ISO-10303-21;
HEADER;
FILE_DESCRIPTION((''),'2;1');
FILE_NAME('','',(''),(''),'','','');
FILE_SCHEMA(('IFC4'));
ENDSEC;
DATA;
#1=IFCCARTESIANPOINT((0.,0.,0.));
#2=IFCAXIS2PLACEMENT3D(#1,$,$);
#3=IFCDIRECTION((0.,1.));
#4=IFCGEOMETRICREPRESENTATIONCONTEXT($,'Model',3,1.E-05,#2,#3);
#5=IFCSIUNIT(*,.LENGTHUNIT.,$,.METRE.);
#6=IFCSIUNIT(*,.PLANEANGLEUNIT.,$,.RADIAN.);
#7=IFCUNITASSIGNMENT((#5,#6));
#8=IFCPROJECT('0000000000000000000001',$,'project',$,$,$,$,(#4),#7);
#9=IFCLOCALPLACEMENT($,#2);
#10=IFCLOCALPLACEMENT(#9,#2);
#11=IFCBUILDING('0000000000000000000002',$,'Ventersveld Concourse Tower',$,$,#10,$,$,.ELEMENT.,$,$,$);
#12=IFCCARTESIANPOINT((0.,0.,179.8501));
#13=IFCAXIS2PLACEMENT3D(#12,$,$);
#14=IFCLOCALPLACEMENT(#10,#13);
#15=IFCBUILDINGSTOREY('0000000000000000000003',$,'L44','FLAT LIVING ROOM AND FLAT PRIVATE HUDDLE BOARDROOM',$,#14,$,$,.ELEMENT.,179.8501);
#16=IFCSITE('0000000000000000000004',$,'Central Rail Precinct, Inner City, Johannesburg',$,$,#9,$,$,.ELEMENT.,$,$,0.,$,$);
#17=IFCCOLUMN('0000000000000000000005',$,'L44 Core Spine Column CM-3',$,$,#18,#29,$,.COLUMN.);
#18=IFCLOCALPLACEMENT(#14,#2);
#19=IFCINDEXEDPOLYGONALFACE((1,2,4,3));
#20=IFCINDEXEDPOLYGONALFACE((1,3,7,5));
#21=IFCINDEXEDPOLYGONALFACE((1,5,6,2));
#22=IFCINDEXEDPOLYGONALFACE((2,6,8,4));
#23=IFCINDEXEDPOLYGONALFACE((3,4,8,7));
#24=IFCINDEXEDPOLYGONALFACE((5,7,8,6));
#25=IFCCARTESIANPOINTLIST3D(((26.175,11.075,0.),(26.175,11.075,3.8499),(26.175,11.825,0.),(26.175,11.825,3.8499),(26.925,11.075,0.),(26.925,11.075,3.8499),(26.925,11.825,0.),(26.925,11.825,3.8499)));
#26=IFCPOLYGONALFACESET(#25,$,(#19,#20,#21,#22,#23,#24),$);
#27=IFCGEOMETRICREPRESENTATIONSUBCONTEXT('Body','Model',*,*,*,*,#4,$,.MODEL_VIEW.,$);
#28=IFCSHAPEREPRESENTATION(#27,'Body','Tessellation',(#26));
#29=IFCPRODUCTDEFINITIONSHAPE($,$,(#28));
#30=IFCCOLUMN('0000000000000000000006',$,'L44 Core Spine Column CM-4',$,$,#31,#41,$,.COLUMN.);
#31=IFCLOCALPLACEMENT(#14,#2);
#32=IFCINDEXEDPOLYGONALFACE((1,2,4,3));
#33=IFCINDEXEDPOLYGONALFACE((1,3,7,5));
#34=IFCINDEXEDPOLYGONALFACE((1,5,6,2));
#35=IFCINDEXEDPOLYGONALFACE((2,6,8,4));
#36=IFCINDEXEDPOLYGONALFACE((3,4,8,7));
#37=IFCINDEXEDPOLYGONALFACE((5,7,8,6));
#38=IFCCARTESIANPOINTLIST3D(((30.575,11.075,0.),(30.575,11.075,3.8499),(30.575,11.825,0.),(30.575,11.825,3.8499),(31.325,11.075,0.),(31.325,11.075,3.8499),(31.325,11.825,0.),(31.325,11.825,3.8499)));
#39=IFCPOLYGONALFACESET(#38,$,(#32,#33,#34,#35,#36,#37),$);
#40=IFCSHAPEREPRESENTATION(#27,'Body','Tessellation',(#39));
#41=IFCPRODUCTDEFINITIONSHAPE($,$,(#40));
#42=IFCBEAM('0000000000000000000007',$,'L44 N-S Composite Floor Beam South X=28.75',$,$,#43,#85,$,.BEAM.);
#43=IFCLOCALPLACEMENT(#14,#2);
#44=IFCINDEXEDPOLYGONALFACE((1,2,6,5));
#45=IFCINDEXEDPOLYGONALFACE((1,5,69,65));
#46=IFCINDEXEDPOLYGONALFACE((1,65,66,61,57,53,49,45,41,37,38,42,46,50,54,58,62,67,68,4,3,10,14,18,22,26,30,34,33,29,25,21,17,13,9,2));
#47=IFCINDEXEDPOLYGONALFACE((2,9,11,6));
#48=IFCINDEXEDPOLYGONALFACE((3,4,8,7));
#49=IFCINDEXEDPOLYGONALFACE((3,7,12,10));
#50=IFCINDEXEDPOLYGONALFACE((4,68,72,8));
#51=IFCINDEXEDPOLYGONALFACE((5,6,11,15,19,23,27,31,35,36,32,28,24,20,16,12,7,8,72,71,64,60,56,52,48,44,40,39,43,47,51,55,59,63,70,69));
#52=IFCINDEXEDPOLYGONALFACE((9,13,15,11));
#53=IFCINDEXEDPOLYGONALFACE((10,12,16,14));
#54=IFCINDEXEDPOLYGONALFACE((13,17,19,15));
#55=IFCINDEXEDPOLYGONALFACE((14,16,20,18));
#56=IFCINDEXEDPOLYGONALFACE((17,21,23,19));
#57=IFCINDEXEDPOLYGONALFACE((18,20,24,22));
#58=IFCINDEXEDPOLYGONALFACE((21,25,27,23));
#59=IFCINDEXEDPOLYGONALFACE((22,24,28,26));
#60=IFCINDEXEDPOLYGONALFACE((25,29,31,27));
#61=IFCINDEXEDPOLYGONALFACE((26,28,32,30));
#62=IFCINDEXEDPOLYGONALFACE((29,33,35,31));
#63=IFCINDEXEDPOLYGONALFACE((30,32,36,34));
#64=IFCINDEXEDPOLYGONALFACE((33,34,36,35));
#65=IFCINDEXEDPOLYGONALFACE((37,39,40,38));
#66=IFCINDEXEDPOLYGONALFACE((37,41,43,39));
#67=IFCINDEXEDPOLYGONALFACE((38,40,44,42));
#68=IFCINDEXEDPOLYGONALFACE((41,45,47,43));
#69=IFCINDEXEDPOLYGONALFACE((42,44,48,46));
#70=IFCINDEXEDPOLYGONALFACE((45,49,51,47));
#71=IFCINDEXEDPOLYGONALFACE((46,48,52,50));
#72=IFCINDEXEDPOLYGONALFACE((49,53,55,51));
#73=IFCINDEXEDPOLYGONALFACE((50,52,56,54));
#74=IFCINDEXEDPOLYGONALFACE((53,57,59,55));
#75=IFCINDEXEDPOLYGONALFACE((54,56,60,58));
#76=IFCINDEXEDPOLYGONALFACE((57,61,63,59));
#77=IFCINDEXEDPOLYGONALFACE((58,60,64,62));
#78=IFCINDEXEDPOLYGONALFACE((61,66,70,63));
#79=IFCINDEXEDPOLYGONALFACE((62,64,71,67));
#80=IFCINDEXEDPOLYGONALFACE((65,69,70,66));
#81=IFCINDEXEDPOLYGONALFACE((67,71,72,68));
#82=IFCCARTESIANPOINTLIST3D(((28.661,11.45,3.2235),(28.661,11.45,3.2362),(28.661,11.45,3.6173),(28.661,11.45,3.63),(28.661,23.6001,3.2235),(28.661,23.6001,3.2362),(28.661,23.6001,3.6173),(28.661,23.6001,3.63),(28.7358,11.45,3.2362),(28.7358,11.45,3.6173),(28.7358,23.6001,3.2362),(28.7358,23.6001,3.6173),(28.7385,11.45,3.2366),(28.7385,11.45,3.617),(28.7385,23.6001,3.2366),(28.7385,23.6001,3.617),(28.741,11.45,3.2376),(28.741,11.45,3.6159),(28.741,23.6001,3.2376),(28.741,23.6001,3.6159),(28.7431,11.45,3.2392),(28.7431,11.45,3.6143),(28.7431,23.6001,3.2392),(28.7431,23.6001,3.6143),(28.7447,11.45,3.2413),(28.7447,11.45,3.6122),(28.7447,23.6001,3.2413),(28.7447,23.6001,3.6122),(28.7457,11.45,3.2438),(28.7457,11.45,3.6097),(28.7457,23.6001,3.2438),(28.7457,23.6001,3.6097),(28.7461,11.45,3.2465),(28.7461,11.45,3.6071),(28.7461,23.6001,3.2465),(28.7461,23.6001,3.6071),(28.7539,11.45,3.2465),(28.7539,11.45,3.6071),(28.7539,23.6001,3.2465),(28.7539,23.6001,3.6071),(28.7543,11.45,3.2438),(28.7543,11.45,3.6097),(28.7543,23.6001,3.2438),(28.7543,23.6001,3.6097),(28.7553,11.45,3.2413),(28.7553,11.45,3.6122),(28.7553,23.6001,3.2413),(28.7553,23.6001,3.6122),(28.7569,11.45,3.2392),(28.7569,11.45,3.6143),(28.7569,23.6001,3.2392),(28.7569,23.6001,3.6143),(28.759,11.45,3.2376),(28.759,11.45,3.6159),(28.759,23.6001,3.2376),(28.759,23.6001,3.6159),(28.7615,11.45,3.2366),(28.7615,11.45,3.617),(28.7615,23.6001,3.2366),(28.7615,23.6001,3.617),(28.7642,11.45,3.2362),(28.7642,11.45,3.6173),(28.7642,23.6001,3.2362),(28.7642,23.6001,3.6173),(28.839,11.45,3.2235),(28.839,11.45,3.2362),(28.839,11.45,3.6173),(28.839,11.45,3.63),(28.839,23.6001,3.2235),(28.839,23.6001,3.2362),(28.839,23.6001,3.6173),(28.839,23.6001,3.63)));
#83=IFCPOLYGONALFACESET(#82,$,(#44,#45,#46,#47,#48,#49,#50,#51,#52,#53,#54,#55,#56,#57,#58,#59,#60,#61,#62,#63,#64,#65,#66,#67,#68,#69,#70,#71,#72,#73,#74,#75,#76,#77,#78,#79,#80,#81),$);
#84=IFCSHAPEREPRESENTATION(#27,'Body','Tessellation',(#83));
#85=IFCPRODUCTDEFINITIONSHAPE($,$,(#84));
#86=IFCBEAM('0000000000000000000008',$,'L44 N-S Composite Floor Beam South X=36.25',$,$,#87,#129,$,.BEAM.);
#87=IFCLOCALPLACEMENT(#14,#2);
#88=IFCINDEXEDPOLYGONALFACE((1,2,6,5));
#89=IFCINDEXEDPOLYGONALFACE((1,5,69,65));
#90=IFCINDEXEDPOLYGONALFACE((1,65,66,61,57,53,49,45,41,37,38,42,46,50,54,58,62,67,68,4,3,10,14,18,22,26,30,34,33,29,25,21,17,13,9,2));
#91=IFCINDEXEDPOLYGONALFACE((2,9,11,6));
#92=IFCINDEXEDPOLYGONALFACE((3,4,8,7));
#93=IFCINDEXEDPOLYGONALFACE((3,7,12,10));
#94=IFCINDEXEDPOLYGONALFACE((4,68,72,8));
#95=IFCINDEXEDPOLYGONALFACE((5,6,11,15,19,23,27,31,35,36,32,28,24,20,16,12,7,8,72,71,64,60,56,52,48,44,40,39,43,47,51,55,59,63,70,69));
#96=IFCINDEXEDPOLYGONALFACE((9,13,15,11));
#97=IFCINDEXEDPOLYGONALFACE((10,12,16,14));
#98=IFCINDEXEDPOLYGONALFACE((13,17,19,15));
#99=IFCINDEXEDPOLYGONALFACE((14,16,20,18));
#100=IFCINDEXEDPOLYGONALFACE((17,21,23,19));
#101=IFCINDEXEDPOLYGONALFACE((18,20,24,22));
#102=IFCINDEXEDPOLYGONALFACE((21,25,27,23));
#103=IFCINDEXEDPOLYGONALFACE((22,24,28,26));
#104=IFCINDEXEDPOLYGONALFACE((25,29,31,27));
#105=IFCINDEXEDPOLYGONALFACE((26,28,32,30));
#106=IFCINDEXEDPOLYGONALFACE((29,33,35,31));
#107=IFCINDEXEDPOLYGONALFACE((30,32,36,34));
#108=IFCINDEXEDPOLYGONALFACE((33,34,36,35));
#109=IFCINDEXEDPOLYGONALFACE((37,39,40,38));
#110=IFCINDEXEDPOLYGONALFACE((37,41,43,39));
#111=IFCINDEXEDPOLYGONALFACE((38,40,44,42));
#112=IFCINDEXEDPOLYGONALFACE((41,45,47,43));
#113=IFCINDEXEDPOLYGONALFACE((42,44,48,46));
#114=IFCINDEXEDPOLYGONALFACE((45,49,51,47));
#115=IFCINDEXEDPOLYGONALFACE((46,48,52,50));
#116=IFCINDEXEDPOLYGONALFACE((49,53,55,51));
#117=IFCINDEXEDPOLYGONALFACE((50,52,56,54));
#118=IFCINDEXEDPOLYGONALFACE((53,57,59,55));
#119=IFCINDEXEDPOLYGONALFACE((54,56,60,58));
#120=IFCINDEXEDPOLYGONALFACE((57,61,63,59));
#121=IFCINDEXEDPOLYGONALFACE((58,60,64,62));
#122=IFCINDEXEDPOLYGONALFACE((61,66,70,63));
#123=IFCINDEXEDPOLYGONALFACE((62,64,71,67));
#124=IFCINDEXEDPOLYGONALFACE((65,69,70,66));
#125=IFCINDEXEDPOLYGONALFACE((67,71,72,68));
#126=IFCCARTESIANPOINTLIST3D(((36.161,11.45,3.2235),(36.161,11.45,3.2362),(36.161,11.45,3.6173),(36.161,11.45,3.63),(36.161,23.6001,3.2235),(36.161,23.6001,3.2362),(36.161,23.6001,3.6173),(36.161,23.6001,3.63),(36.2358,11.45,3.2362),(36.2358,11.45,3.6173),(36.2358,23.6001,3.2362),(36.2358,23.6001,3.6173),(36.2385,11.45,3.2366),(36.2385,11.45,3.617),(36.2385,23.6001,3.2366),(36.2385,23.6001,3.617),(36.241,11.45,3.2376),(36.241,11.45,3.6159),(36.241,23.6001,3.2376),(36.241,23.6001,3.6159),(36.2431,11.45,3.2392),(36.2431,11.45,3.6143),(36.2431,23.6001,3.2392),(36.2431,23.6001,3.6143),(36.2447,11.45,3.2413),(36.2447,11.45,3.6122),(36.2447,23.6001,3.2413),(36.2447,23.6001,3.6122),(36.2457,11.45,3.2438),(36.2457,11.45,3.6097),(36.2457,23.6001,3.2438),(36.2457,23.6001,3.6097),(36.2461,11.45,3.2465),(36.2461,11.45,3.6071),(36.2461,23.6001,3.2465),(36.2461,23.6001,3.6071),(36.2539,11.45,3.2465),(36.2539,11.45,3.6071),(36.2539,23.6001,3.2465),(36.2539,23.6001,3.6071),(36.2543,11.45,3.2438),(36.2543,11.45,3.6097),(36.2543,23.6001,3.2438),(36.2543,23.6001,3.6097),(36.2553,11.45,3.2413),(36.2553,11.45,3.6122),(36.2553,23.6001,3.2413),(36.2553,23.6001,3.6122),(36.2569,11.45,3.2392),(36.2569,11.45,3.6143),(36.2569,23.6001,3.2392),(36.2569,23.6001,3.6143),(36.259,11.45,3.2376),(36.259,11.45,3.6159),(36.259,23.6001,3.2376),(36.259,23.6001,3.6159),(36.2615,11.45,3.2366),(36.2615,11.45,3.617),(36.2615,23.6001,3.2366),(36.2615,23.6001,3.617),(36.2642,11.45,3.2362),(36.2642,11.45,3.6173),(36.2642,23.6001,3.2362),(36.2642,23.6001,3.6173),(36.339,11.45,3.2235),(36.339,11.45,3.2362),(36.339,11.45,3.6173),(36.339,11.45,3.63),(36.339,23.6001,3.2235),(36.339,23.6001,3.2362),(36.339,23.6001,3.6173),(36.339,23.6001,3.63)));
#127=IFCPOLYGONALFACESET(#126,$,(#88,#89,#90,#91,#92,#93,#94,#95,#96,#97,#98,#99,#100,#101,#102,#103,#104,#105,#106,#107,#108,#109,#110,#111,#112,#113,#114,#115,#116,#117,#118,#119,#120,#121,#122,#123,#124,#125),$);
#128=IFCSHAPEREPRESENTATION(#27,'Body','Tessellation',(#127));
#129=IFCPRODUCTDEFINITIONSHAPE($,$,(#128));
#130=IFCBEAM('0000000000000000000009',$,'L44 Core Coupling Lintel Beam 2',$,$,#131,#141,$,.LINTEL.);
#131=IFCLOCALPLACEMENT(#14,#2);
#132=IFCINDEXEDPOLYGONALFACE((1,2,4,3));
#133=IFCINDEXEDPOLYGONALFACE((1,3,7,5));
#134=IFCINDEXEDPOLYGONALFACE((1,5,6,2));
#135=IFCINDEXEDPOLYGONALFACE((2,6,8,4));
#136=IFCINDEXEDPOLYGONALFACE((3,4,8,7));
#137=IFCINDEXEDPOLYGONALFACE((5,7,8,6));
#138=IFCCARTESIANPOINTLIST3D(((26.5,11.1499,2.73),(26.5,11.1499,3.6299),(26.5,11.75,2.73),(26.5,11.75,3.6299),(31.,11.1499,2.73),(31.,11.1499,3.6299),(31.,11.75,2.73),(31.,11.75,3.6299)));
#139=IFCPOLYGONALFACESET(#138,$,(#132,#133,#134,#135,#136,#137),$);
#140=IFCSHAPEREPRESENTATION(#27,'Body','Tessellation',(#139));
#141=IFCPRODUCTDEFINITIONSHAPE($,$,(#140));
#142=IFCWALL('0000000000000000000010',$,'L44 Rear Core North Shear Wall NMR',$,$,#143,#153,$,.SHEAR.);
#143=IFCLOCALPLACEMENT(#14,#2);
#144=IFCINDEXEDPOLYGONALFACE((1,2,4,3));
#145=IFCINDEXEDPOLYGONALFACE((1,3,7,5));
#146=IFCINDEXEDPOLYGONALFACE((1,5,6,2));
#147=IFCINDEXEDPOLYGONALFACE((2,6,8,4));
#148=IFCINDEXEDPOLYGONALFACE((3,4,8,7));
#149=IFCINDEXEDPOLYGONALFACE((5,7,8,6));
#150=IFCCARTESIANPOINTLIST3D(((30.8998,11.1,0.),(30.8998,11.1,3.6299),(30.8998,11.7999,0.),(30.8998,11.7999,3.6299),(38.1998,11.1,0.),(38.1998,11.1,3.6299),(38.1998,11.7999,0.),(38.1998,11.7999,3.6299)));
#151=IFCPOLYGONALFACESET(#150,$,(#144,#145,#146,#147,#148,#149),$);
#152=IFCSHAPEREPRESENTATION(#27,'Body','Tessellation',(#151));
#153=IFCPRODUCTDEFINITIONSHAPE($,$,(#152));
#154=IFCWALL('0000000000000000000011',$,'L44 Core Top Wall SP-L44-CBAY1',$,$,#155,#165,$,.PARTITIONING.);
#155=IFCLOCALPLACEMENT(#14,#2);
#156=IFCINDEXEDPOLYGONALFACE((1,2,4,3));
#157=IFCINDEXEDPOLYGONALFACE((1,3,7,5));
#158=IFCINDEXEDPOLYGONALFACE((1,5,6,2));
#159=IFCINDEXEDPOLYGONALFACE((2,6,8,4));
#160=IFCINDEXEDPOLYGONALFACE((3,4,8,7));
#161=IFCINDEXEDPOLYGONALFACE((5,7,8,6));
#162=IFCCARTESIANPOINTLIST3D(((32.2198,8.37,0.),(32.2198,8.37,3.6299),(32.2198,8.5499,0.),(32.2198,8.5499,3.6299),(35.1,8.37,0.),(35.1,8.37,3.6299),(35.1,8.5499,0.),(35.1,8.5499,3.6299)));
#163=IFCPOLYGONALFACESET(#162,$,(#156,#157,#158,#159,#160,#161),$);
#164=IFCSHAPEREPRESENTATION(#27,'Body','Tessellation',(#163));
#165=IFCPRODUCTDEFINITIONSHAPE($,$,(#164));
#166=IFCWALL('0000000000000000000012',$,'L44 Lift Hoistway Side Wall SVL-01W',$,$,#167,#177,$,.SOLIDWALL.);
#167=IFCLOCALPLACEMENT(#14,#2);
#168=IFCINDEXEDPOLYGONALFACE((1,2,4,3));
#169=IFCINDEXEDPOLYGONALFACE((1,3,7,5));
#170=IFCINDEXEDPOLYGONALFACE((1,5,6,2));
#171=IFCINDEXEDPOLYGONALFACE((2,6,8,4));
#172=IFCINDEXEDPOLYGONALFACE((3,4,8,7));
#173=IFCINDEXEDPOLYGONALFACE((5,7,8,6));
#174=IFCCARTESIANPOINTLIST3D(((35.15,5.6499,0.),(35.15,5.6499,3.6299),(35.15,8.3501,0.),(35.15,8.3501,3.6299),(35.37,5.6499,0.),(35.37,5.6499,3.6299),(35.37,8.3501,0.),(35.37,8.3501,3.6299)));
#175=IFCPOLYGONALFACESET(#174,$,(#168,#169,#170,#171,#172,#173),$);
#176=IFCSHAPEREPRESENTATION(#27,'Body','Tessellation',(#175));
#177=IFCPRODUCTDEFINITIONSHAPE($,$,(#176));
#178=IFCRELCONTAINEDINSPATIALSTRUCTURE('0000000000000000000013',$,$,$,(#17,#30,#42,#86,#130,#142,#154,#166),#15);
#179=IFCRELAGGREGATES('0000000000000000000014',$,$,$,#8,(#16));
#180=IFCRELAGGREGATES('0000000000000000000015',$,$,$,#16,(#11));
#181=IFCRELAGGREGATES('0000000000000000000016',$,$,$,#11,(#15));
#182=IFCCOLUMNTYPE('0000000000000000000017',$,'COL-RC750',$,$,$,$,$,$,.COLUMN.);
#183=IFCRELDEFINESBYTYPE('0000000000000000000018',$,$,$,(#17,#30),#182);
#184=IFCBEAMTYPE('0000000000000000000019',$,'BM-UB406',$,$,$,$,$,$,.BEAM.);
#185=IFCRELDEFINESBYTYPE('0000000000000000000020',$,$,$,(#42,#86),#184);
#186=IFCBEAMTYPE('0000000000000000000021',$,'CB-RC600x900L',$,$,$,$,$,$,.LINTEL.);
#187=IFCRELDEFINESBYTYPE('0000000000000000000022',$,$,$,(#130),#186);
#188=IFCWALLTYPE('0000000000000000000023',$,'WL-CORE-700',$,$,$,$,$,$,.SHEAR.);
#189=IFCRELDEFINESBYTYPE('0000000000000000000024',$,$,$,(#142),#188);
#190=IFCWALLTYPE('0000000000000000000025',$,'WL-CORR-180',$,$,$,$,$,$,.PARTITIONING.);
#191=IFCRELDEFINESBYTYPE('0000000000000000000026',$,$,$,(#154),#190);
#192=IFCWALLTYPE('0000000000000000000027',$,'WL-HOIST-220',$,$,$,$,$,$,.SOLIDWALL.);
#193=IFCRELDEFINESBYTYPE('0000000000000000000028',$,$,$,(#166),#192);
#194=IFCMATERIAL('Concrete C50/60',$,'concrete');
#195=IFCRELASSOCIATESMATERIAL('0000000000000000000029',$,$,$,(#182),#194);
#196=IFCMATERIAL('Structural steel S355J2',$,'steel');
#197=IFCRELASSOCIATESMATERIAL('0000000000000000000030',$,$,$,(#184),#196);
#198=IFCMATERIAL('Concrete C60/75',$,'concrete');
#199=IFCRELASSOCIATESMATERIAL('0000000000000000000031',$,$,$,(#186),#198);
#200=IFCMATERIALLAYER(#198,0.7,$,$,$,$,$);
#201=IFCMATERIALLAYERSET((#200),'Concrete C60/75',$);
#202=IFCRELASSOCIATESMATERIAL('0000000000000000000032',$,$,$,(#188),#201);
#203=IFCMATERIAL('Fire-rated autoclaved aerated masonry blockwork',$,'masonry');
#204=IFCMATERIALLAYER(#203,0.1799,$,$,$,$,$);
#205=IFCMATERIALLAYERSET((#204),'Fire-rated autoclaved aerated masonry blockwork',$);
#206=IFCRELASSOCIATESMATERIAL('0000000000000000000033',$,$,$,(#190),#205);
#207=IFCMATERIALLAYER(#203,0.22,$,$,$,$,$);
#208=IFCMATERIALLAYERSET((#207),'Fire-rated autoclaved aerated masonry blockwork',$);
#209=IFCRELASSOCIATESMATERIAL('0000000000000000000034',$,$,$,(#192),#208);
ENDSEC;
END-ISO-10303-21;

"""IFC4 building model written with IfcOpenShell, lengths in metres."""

from ifc_helpers import new_model, si_unit, direction, frame, frame_2d, origin, origin_2d, place, context, subcontext, project, spatial, rectangle, i_section, extrude, material, layer, layer_set, material_profile, profile_set, type_object, element, save


model = new_model("IFC4")

# Units and contexts
model_context = context("Model", 3, precision=1e-05, world=origin(), true_north=direction((0.0, 1.0)))
body_context = subcontext(model_context, "Body", "Model", "MODEL_VIEW")
ifc_project = project(units=[si_unit("LENGTHUNIT", "METRE"), si_unit("PLANEANGLEUNIT", "RADIAN")], contexts=[model_context])

# Site, building, storey
site_placement = place(None, origin())
site = spatial("IfcSite", under=ifc_project, at=site_placement, Name="Central Rail Precinct, Inner City, Johannesburg", CompositionType="ELEMENT", RefElevation=0.0)
building_placement = place(site_placement, origin())
building = spatial("IfcBuilding", under=site, at=building_placement, Name="Ventersveld Concourse Tower", CompositionType="ELEMENT")
storey_placement = place(building_placement, frame((0.0, 0.0, 179.8501)))
storey = spatial("IfcBuildingStorey", under=building, at=storey_placement, Name="L44", Description="FLAT LIVING ROOM AND FLAT PRIVATE HUDDLE BOARDROOM", CompositionType="ELEMENT", Elevation=179.8501)

# Columns
ifc_material_1 = material(Name="Concrete C50/60", Category="concrete")
ifc_material_profile_1 = material_profile(ifc_material_1, rectangle(XDim=0.75, YDim=0.75, at=origin_2d()), Name="RC 750x750")
ifc_profile_set_1 = profile_set([ifc_material_profile_1], Name="Concrete C50/60")
column_type = type_object("IfcColumnType", Name="COL-RC750", PredefinedType="COLUMN", material=ifc_profile_set_1)
for number, where, z_axis, x_axis, name in (
    (1, (26.55, 11.45, 0.0), (0.0, 0.0, 1.0), (1.0, 0.0, 0.0), "L44 Core Spine Column CM-3"),
    (2, (30.95, 11.45, 0.0), (0.0, 0.0, 1.0), (1.0, 0.0, 0.0), "L44 Core Spine Column CM-4"),
):
    element("IfcColumn", number, at=place(storey_placement, frame(where, z_axis=z_axis, x_axis=x_axis)), inside=storey, type_object=column_type, Name=name, PredefinedType="COLUMN", context=body_context, shape_type="SweptSolid", body=[
        extrude(rectangle(XDim=0.75, YDim=0.75, at=origin_2d()), origin(), (0.0, 0.0, 1.0), 3.8499),
    ])

# Beams
ifc_material_2 = material(Name="Structural steel S355J2", Category="steel")
ifc_material_profile_2 = material_profile(ifc_material_2, i_section(OverallWidth=0.178, OverallDepth=0.4065, WebThickness=0.0078, FlangeThickness=0.0127, FilletRadius=0.0103, at=origin_2d()), Name="UB 406x178x60")
ifc_profile_set_2 = profile_set([ifc_material_profile_2], Name="Structural steel S355J2")
beam_type_1 = type_object("IfcBeamType", Name="BM-UB406", PredefinedType="BEAM", material=ifc_profile_set_2)
for number, where, z_axis, x_axis, name in (
    (3, (28.75, 11.45, 3.4268), (0.0, 1.0, 0.0), (-1.0, 0.0, 0.0), "L44 N-S Composite Floor Beam South X=28.75"),
    (4, (36.25, 11.45, 3.4268), (0.0, 1.0, 0.0), (-1.0, 0.0, 0.0), "L44 N-S Composite Floor Beam South X=36.25"),
):
    element("IfcBeam", number, at=place(storey_placement, frame(where, z_axis=z_axis, x_axis=x_axis)), inside=storey, type_object=beam_type_1, Name=name, PredefinedType="BEAM", context=body_context, shape_type="SweptSolid", body=[
        extrude(i_section(OverallWidth=0.178, OverallDepth=0.4065, WebThickness=0.0078, FlangeThickness=0.0127, FilletRadius=0.0103, at=origin_2d()), origin(), (0.0, 0.0, 1.0), 12.1501),
    ])
ifc_material_3 = material(Name="Concrete C60/75", Category="concrete")
ifc_material_profile_3 = material_profile(ifc_material_3, rectangle(XDim=0.6001, YDim=0.8999, at=origin_2d()), Name="RC 600x900")
ifc_profile_set_3 = profile_set([ifc_material_profile_3], Name="Concrete C60/75")
beam_type_2 = type_object("IfcBeamType", Name="CB-RC600x900L", PredefinedType="LINTEL", material=ifc_profile_set_3)
beam_placement = place(storey_placement, frame((26.5, 11.45, 3.1799), z_axis=(1.0, 0.0, 0.0), x_axis=(0.0, 1.0, 0.0)))
element("IfcBeam", 5, at=beam_placement, inside=storey, type_object=beam_type_2, Name="L44 Core Coupling Lintel Beam 2", PredefinedType="LINTEL", context=body_context, shape_type="SweptSolid", body=[
    extrude(rectangle(XDim=0.6001, YDim=0.8999, at=origin_2d()), origin(), (0.0, 0.0, 1.0), 4.5),
])

# Wall
ifc_layer_1 = layer(ifc_material_3, 0.7)
ifc_layer_set_1 = layer_set([ifc_layer_1], Name="Concrete C60/75")
wall_type_1 = type_object("IfcWallType", Name="WL-CORE-700", PredefinedType="SHEAR", material=ifc_layer_set_1)
wall_1_placement = place(storey_placement, frame((30.8999, 11.45, 0.0), z_axis=(0.0, 0.0, 1.0), x_axis=(1.0, 0.0, 0.0)))
element("IfcWall", 6, at=wall_1_placement, inside=storey, type_object=wall_type_1, Name="L44 Rear Core North Shear Wall NMR", PredefinedType="SHEAR", context=body_context, shape_type="SweptSolid", body=[
    extrude(rectangle(XDim=7.3, YDim=0.7, at=frame_2d((3.6499, 0.0))), origin(), (0.0, 0.0, 1.0), 3.6299),
])

# Shared definitions
ifc_material_4 = material(Name="Fire-rated autoclaved aerated masonry blockwork", Category="masonry")
ifc_layer_2 = layer(ifc_material_4, 0.1799)
ifc_layer_set_2 = layer_set([ifc_layer_2], Name="Fire-rated autoclaved aerated masonry blockwork")
wall_type_2 = type_object("IfcWallType", Name="WL-CORR-180", PredefinedType="PARTITIONING", material=ifc_layer_set_2)

# Walls
wall_2_placement = place(storey_placement, frame((32.22, 8.46, 0.0), z_axis=(0.0, 0.0, 1.0), x_axis=(1.0, 0.0, 0.0)))
element("IfcWall", 7, at=wall_2_placement, inside=storey, type_object=wall_type_2, Name="L44 Core Top Wall SP-L44-CBAY1", PredefinedType="PARTITIONING", context=body_context, shape_type="SweptSolid", body=[
    extrude(rectangle(XDim=2.8801, YDim=0.1799, at=frame_2d((1.4399, 0.0))), origin(), (0.0, 0.0, 1.0), 3.6299),
])
ifc_layer_3 = layer(ifc_material_4, 0.22)
ifc_layer_set_3 = layer_set([ifc_layer_3], Name="Fire-rated autoclaved aerated masonry blockwork")
wall_type_3 = type_object("IfcWallType", Name="WL-HOIST-220", PredefinedType="SOLIDWALL", material=ifc_layer_set_3)
wall_3_placement = place(storey_placement, frame((35.26, 5.6499, 0.0), z_axis=(0.0, 0.0, 1.0), x_axis=(0.0, 1.0, 0.0)))
element("IfcWall", 8, at=wall_3_placement, inside=storey, type_object=wall_type_3, Name="L44 Lift Hoistway Side Wall SVL-01W", PredefinedType="SOLIDWALL", context=body_context, shape_type="SweptSolid", body=[
    extrude(rectangle(XDim=2.7002, YDim=0.22, at=frame_2d((1.3501, 0.0))), origin(), (0.0, 0.0, 1.0), 3.6299),
])

save(model, "model.ifc")
